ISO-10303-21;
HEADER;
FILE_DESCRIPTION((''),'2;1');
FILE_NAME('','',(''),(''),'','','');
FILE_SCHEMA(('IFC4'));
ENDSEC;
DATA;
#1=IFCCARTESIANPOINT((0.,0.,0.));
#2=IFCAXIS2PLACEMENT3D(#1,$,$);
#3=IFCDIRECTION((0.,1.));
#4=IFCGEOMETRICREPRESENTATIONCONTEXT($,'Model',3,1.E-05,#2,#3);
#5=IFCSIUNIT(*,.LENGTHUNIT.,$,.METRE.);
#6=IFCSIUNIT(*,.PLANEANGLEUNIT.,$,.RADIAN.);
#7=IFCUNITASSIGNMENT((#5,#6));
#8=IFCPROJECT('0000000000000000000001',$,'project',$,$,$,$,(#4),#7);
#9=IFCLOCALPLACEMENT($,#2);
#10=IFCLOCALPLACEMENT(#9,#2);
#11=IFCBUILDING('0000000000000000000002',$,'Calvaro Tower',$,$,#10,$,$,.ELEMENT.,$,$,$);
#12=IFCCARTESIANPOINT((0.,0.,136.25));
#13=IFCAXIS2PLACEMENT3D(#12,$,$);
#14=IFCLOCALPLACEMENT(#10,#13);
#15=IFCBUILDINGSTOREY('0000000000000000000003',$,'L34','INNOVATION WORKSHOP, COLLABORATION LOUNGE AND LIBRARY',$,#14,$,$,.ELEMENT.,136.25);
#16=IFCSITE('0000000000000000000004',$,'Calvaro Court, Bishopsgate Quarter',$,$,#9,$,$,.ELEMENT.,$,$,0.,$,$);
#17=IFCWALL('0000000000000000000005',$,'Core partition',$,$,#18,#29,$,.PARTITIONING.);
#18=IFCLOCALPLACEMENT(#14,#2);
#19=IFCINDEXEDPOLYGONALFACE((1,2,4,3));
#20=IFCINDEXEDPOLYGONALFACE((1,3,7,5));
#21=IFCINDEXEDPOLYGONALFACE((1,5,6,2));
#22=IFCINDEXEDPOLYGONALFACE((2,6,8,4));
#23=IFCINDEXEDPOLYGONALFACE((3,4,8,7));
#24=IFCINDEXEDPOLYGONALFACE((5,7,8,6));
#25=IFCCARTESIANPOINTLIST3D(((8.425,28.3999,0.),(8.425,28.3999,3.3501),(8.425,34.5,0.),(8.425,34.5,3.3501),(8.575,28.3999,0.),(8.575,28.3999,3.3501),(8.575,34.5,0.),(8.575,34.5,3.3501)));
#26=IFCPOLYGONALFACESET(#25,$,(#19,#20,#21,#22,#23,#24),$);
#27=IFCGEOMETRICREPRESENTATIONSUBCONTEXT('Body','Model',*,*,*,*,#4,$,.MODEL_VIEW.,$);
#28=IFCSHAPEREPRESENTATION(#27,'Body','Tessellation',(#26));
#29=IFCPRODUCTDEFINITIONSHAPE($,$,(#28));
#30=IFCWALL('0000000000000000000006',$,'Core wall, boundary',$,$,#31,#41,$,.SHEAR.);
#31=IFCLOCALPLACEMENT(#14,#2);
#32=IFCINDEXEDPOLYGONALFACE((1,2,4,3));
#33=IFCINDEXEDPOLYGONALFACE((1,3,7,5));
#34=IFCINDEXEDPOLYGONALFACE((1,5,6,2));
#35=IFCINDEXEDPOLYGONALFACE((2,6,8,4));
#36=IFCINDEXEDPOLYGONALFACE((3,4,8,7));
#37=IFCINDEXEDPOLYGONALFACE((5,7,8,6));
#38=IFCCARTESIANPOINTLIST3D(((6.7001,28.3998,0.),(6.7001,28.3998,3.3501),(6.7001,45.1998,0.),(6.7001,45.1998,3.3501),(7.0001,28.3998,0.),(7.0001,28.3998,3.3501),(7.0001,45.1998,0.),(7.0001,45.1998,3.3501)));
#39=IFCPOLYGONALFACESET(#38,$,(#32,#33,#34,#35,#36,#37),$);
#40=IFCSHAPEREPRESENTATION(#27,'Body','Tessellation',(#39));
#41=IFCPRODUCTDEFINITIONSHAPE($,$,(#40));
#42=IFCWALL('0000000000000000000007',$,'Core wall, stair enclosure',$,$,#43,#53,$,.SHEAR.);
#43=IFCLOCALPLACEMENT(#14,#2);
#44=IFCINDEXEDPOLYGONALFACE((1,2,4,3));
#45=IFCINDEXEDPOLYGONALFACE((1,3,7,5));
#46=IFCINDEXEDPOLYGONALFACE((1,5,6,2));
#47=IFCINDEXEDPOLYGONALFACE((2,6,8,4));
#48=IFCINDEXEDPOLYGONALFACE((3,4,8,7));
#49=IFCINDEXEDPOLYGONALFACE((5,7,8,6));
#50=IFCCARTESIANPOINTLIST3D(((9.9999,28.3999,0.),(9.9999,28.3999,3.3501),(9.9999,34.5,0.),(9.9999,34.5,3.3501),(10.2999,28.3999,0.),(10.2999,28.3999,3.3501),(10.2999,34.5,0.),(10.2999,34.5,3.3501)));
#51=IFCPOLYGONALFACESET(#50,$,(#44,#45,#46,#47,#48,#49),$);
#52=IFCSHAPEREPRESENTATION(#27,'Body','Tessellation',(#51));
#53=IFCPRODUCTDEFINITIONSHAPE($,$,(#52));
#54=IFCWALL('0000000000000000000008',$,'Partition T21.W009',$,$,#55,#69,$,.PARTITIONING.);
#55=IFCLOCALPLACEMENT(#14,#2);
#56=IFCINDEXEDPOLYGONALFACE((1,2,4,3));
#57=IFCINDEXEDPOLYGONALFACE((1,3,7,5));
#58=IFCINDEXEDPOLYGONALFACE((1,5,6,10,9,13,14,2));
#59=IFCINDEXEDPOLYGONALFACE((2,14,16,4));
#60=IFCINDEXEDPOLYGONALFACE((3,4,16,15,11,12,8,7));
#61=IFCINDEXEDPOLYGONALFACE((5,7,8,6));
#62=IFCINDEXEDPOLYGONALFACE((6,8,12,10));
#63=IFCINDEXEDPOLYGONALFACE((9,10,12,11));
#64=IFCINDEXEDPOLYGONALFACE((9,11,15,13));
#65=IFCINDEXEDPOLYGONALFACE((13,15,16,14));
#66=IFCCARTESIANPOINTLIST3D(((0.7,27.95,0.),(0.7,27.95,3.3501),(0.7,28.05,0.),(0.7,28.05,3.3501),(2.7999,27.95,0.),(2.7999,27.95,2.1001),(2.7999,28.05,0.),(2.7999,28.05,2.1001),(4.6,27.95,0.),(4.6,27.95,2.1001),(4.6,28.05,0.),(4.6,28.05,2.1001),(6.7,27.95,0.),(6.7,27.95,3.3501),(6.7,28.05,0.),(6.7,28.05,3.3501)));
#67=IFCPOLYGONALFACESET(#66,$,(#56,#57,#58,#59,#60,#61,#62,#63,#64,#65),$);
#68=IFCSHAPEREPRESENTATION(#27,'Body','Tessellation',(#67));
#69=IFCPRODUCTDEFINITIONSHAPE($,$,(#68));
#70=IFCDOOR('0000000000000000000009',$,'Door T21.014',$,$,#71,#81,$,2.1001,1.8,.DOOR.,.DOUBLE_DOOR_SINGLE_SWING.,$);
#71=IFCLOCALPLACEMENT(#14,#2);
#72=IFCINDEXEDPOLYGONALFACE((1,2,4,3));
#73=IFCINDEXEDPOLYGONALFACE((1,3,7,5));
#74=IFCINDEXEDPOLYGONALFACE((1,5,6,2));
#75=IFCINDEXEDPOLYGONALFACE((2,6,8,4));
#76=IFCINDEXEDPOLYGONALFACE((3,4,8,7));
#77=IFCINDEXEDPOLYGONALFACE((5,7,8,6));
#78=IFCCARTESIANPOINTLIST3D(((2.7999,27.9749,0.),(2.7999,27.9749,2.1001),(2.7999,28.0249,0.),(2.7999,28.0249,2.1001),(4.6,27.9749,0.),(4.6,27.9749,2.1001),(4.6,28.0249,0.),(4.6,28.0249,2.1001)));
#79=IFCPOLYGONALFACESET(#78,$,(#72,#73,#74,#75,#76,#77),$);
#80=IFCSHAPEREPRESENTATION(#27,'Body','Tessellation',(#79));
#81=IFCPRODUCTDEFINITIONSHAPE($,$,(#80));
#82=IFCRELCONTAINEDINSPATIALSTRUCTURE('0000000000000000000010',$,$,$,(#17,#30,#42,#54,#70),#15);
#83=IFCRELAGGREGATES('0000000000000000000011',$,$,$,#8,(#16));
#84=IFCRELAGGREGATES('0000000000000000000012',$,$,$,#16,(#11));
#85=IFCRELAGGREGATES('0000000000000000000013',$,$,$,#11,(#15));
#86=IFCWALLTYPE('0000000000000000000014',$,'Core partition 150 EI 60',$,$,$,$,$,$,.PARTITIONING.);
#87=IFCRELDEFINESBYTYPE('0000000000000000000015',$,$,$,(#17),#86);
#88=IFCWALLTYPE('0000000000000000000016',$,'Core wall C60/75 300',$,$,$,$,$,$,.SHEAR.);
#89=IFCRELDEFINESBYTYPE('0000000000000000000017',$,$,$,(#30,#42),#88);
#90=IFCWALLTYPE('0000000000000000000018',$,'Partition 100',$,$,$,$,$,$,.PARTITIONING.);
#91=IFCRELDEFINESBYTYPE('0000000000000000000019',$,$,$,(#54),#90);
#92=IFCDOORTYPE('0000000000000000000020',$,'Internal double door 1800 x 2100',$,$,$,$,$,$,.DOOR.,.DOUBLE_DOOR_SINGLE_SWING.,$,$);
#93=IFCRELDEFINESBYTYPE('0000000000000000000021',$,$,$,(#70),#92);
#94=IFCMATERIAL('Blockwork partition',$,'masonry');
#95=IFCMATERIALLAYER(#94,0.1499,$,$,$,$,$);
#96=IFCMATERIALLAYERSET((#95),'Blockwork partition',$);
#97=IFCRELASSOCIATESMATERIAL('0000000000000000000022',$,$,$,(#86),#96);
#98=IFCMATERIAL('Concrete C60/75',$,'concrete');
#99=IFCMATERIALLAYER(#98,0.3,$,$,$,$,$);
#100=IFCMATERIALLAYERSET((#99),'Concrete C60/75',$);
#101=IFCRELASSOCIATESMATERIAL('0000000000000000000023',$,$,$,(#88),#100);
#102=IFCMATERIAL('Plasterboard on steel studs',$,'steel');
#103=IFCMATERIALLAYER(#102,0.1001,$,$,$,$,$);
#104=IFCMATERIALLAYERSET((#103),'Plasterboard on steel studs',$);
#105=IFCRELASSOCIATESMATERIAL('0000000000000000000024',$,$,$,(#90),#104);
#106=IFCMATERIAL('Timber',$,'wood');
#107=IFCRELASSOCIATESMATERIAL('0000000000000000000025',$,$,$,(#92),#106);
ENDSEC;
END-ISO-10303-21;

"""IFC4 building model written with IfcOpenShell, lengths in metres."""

from ifc_helpers import new_model, si_unit, direction, frame, frame_2d, origin, place, context, subcontext, project, spatial, rectangle, extrude, material, layer, layer_set, type_object, element, fill, save


model = new_model("IFC4")

# Units and contexts
model_context = context("Model", 3, precision=1e-05, world=origin(), true_north=direction((0.0, 1.0)))
body_context = subcontext(model_context, "Body", "Model", "MODEL_VIEW")
ifc_project = project(units=[si_unit("LENGTHUNIT", "METRE"), si_unit("PLANEANGLEUNIT", "RADIAN")], contexts=[model_context])

# Site, building, storey
site_placement = place(None, origin())
site = spatial("IfcSite", under=ifc_project, at=site_placement, Name="Calvaro Court, Bishopsgate Quarter", CompositionType="ELEMENT", RefElevation=0.0)
building_placement = place(site_placement, origin())
building = spatial("IfcBuilding", under=site, at=building_placement, Name="Calvaro Tower", CompositionType="ELEMENT")
storey_placement = place(building_placement, frame((0.0, 0.0, 136.25)))
storey = spatial("IfcBuildingStorey", under=building, at=storey_placement, Name="L34", Description="INNOVATION WORKSHOP, COLLABORATION LOUNGE AND LIBRARY", CompositionType="ELEMENT", Elevation=136.25)

# Walls
ifc_material_1 = material(Name="Blockwork partition", Category="masonry")
ifc_layer_1 = layer(ifc_material_1, 0.1499)
ifc_layer_set_1 = layer_set([ifc_layer_1], Name="Blockwork partition")
wall_type_1 = type_object("IfcWallType", Name="Core partition 150 EI 60", PredefinedType="PARTITIONING", material=ifc_layer_set_1)
wall_1_placement = place(storey_placement, frame((8.5, 28.3999, 0.0), z_axis=(0.0, 0.0, 1.0), x_axis=(0.0, 1.0, 0.0)))
element("IfcWall", 1, at=wall_1_placement, inside=storey, type_object=wall_type_1, Name="Core partition", PredefinedType="PARTITIONING", context=body_context, shape_type="SweptSolid", body=[
    extrude(rectangle(XDim=6.1001, YDim=0.1499, at=frame_2d((3.05, 0.0))), origin(), (0.0, 0.0, 1.0), 3.3501),
])
ifc_material_2 = material(Name="Concrete C60/75", Category="concrete")
ifc_layer_2 = layer(ifc_material_2, 0.3)
ifc_layer_set_2 = layer_set([ifc_layer_2], Name="Concrete C60/75")
wall_type_2 = type_object("IfcWallType", Name="Core wall C60/75 300", PredefinedType="SHEAR", material=ifc_layer_set_2)
wall_2_placement = place(storey_placement, frame((6.8501, 28.3999, 0.0), z_axis=(0.0, 0.0, 1.0), x_axis=(0.0, 1.0, 0.0)))
element("IfcWall", 2, at=wall_2_placement, inside=storey, type_object=wall_type_2, Name="Core wall, boundary", PredefinedType="SHEAR", context=body_context, shape_type="SweptSolid", body=[
    extrude(rectangle(XDim=16.8, YDim=0.3, at=frame_2d((8.3999, 0.0))), origin(), (0.0, 0.0, 1.0), 3.3501),
])
wall_3_placement = place(storey_placement, frame((10.1499, 28.3999, 0.0), z_axis=(0.0, 0.0, 1.0), x_axis=(0.0, 1.0, 0.0)))
element("IfcWall", 3, at=wall_3_placement, inside=storey, type_object=wall_type_2, Name="Core wall, stair enclosure", PredefinedType="SHEAR", context=body_context, shape_type="SweptSolid", body=[
    extrude(rectangle(XDim=6.1001, YDim=0.3, at=frame_2d((3.05, 0.0))), origin(), (0.0, 0.0, 1.0), 3.3501),
])

# Wall, opening, door
ifc_material_3 = material(Name="Plasterboard on steel studs", Category="steel")
ifc_layer_3 = layer(ifc_material_3, 0.1001)
ifc_layer_set_3 = layer_set([ifc_layer_3], Name="Plasterboard on steel studs")
wall_type_3 = type_object("IfcWallType", Name="Partition 100", PredefinedType="PARTITIONING", material=ifc_layer_set_3)
wall_4_placement = place(storey_placement, frame((0.7, 28.0, 0.0), z_axis=(0.0, 0.0, 1.0), x_axis=(1.0, 0.0, 0.0)))
wall_4 = element("IfcWall", 4, at=wall_4_placement, inside=storey, type_object=wall_type_3, Name="Partition T21.W009", PredefinedType="PARTITIONING", context=body_context, shape_type="SweptSolid", body=[
    extrude(rectangle(XDim=6.0, YDim=0.1001, at=frame_2d((3.0, 0.0))), origin(), (0.0, 0.0, 1.0), 3.3501),
])
opening_1_placement = place(wall_4_placement, frame((2.1001, 0.0, 0.0)))
opening_1 = element("IfcOpeningElement", 5, at=opening_1_placement, cuts=wall_4, PredefinedType="OPENING", context=body_context, shape_type="SweptSolid", body=[
    extrude(rectangle(XDim=1.8, YDim=2.1001, at=frame_2d((0.8999, 1.05))), frame((0.0, 0.0601, 0.0), z_axis=(0.0, -1.0, 0.0), x_axis=(1.0, 0.0, 0.0)), (0.0, 0.0, 1.0), 0.1201),
])
ifc_material_4 = material(Name="Timber", Category="wood")
door_type_1 = type_object("IfcDoorType", Name="Internal double door 1800 x 2100", OperationType="DOUBLE_DOOR_SINGLE_SWING", PredefinedType="DOOR", material=ifc_material_4)
door_1_placement = place(opening_1_placement, origin())
door_1 = element("IfcDoor", 6, at=door_1_placement, inside=storey, type_object=door_type_1, Name="Door T21.014", OperationType="DOUBLE_DOOR_SINGLE_SWING", OverallHeight=2.1001, OverallWidth=1.8, PredefinedType="DOOR", context=body_context, shape_type="SweptSolid", body=[
    extrude(rectangle(XDim=1.8, YDim=2.1001, at=frame_2d((0.8999, 1.05))), frame((0.0, 0.0249, 0.0), z_axis=(0.0, -1.0, 0.0), x_axis=(1.0, 0.0, 0.0)), (0.0, 0.0, 1.0), 0.05),
])
fill(opening_1, door_1)

save(model, "model.ifc")
